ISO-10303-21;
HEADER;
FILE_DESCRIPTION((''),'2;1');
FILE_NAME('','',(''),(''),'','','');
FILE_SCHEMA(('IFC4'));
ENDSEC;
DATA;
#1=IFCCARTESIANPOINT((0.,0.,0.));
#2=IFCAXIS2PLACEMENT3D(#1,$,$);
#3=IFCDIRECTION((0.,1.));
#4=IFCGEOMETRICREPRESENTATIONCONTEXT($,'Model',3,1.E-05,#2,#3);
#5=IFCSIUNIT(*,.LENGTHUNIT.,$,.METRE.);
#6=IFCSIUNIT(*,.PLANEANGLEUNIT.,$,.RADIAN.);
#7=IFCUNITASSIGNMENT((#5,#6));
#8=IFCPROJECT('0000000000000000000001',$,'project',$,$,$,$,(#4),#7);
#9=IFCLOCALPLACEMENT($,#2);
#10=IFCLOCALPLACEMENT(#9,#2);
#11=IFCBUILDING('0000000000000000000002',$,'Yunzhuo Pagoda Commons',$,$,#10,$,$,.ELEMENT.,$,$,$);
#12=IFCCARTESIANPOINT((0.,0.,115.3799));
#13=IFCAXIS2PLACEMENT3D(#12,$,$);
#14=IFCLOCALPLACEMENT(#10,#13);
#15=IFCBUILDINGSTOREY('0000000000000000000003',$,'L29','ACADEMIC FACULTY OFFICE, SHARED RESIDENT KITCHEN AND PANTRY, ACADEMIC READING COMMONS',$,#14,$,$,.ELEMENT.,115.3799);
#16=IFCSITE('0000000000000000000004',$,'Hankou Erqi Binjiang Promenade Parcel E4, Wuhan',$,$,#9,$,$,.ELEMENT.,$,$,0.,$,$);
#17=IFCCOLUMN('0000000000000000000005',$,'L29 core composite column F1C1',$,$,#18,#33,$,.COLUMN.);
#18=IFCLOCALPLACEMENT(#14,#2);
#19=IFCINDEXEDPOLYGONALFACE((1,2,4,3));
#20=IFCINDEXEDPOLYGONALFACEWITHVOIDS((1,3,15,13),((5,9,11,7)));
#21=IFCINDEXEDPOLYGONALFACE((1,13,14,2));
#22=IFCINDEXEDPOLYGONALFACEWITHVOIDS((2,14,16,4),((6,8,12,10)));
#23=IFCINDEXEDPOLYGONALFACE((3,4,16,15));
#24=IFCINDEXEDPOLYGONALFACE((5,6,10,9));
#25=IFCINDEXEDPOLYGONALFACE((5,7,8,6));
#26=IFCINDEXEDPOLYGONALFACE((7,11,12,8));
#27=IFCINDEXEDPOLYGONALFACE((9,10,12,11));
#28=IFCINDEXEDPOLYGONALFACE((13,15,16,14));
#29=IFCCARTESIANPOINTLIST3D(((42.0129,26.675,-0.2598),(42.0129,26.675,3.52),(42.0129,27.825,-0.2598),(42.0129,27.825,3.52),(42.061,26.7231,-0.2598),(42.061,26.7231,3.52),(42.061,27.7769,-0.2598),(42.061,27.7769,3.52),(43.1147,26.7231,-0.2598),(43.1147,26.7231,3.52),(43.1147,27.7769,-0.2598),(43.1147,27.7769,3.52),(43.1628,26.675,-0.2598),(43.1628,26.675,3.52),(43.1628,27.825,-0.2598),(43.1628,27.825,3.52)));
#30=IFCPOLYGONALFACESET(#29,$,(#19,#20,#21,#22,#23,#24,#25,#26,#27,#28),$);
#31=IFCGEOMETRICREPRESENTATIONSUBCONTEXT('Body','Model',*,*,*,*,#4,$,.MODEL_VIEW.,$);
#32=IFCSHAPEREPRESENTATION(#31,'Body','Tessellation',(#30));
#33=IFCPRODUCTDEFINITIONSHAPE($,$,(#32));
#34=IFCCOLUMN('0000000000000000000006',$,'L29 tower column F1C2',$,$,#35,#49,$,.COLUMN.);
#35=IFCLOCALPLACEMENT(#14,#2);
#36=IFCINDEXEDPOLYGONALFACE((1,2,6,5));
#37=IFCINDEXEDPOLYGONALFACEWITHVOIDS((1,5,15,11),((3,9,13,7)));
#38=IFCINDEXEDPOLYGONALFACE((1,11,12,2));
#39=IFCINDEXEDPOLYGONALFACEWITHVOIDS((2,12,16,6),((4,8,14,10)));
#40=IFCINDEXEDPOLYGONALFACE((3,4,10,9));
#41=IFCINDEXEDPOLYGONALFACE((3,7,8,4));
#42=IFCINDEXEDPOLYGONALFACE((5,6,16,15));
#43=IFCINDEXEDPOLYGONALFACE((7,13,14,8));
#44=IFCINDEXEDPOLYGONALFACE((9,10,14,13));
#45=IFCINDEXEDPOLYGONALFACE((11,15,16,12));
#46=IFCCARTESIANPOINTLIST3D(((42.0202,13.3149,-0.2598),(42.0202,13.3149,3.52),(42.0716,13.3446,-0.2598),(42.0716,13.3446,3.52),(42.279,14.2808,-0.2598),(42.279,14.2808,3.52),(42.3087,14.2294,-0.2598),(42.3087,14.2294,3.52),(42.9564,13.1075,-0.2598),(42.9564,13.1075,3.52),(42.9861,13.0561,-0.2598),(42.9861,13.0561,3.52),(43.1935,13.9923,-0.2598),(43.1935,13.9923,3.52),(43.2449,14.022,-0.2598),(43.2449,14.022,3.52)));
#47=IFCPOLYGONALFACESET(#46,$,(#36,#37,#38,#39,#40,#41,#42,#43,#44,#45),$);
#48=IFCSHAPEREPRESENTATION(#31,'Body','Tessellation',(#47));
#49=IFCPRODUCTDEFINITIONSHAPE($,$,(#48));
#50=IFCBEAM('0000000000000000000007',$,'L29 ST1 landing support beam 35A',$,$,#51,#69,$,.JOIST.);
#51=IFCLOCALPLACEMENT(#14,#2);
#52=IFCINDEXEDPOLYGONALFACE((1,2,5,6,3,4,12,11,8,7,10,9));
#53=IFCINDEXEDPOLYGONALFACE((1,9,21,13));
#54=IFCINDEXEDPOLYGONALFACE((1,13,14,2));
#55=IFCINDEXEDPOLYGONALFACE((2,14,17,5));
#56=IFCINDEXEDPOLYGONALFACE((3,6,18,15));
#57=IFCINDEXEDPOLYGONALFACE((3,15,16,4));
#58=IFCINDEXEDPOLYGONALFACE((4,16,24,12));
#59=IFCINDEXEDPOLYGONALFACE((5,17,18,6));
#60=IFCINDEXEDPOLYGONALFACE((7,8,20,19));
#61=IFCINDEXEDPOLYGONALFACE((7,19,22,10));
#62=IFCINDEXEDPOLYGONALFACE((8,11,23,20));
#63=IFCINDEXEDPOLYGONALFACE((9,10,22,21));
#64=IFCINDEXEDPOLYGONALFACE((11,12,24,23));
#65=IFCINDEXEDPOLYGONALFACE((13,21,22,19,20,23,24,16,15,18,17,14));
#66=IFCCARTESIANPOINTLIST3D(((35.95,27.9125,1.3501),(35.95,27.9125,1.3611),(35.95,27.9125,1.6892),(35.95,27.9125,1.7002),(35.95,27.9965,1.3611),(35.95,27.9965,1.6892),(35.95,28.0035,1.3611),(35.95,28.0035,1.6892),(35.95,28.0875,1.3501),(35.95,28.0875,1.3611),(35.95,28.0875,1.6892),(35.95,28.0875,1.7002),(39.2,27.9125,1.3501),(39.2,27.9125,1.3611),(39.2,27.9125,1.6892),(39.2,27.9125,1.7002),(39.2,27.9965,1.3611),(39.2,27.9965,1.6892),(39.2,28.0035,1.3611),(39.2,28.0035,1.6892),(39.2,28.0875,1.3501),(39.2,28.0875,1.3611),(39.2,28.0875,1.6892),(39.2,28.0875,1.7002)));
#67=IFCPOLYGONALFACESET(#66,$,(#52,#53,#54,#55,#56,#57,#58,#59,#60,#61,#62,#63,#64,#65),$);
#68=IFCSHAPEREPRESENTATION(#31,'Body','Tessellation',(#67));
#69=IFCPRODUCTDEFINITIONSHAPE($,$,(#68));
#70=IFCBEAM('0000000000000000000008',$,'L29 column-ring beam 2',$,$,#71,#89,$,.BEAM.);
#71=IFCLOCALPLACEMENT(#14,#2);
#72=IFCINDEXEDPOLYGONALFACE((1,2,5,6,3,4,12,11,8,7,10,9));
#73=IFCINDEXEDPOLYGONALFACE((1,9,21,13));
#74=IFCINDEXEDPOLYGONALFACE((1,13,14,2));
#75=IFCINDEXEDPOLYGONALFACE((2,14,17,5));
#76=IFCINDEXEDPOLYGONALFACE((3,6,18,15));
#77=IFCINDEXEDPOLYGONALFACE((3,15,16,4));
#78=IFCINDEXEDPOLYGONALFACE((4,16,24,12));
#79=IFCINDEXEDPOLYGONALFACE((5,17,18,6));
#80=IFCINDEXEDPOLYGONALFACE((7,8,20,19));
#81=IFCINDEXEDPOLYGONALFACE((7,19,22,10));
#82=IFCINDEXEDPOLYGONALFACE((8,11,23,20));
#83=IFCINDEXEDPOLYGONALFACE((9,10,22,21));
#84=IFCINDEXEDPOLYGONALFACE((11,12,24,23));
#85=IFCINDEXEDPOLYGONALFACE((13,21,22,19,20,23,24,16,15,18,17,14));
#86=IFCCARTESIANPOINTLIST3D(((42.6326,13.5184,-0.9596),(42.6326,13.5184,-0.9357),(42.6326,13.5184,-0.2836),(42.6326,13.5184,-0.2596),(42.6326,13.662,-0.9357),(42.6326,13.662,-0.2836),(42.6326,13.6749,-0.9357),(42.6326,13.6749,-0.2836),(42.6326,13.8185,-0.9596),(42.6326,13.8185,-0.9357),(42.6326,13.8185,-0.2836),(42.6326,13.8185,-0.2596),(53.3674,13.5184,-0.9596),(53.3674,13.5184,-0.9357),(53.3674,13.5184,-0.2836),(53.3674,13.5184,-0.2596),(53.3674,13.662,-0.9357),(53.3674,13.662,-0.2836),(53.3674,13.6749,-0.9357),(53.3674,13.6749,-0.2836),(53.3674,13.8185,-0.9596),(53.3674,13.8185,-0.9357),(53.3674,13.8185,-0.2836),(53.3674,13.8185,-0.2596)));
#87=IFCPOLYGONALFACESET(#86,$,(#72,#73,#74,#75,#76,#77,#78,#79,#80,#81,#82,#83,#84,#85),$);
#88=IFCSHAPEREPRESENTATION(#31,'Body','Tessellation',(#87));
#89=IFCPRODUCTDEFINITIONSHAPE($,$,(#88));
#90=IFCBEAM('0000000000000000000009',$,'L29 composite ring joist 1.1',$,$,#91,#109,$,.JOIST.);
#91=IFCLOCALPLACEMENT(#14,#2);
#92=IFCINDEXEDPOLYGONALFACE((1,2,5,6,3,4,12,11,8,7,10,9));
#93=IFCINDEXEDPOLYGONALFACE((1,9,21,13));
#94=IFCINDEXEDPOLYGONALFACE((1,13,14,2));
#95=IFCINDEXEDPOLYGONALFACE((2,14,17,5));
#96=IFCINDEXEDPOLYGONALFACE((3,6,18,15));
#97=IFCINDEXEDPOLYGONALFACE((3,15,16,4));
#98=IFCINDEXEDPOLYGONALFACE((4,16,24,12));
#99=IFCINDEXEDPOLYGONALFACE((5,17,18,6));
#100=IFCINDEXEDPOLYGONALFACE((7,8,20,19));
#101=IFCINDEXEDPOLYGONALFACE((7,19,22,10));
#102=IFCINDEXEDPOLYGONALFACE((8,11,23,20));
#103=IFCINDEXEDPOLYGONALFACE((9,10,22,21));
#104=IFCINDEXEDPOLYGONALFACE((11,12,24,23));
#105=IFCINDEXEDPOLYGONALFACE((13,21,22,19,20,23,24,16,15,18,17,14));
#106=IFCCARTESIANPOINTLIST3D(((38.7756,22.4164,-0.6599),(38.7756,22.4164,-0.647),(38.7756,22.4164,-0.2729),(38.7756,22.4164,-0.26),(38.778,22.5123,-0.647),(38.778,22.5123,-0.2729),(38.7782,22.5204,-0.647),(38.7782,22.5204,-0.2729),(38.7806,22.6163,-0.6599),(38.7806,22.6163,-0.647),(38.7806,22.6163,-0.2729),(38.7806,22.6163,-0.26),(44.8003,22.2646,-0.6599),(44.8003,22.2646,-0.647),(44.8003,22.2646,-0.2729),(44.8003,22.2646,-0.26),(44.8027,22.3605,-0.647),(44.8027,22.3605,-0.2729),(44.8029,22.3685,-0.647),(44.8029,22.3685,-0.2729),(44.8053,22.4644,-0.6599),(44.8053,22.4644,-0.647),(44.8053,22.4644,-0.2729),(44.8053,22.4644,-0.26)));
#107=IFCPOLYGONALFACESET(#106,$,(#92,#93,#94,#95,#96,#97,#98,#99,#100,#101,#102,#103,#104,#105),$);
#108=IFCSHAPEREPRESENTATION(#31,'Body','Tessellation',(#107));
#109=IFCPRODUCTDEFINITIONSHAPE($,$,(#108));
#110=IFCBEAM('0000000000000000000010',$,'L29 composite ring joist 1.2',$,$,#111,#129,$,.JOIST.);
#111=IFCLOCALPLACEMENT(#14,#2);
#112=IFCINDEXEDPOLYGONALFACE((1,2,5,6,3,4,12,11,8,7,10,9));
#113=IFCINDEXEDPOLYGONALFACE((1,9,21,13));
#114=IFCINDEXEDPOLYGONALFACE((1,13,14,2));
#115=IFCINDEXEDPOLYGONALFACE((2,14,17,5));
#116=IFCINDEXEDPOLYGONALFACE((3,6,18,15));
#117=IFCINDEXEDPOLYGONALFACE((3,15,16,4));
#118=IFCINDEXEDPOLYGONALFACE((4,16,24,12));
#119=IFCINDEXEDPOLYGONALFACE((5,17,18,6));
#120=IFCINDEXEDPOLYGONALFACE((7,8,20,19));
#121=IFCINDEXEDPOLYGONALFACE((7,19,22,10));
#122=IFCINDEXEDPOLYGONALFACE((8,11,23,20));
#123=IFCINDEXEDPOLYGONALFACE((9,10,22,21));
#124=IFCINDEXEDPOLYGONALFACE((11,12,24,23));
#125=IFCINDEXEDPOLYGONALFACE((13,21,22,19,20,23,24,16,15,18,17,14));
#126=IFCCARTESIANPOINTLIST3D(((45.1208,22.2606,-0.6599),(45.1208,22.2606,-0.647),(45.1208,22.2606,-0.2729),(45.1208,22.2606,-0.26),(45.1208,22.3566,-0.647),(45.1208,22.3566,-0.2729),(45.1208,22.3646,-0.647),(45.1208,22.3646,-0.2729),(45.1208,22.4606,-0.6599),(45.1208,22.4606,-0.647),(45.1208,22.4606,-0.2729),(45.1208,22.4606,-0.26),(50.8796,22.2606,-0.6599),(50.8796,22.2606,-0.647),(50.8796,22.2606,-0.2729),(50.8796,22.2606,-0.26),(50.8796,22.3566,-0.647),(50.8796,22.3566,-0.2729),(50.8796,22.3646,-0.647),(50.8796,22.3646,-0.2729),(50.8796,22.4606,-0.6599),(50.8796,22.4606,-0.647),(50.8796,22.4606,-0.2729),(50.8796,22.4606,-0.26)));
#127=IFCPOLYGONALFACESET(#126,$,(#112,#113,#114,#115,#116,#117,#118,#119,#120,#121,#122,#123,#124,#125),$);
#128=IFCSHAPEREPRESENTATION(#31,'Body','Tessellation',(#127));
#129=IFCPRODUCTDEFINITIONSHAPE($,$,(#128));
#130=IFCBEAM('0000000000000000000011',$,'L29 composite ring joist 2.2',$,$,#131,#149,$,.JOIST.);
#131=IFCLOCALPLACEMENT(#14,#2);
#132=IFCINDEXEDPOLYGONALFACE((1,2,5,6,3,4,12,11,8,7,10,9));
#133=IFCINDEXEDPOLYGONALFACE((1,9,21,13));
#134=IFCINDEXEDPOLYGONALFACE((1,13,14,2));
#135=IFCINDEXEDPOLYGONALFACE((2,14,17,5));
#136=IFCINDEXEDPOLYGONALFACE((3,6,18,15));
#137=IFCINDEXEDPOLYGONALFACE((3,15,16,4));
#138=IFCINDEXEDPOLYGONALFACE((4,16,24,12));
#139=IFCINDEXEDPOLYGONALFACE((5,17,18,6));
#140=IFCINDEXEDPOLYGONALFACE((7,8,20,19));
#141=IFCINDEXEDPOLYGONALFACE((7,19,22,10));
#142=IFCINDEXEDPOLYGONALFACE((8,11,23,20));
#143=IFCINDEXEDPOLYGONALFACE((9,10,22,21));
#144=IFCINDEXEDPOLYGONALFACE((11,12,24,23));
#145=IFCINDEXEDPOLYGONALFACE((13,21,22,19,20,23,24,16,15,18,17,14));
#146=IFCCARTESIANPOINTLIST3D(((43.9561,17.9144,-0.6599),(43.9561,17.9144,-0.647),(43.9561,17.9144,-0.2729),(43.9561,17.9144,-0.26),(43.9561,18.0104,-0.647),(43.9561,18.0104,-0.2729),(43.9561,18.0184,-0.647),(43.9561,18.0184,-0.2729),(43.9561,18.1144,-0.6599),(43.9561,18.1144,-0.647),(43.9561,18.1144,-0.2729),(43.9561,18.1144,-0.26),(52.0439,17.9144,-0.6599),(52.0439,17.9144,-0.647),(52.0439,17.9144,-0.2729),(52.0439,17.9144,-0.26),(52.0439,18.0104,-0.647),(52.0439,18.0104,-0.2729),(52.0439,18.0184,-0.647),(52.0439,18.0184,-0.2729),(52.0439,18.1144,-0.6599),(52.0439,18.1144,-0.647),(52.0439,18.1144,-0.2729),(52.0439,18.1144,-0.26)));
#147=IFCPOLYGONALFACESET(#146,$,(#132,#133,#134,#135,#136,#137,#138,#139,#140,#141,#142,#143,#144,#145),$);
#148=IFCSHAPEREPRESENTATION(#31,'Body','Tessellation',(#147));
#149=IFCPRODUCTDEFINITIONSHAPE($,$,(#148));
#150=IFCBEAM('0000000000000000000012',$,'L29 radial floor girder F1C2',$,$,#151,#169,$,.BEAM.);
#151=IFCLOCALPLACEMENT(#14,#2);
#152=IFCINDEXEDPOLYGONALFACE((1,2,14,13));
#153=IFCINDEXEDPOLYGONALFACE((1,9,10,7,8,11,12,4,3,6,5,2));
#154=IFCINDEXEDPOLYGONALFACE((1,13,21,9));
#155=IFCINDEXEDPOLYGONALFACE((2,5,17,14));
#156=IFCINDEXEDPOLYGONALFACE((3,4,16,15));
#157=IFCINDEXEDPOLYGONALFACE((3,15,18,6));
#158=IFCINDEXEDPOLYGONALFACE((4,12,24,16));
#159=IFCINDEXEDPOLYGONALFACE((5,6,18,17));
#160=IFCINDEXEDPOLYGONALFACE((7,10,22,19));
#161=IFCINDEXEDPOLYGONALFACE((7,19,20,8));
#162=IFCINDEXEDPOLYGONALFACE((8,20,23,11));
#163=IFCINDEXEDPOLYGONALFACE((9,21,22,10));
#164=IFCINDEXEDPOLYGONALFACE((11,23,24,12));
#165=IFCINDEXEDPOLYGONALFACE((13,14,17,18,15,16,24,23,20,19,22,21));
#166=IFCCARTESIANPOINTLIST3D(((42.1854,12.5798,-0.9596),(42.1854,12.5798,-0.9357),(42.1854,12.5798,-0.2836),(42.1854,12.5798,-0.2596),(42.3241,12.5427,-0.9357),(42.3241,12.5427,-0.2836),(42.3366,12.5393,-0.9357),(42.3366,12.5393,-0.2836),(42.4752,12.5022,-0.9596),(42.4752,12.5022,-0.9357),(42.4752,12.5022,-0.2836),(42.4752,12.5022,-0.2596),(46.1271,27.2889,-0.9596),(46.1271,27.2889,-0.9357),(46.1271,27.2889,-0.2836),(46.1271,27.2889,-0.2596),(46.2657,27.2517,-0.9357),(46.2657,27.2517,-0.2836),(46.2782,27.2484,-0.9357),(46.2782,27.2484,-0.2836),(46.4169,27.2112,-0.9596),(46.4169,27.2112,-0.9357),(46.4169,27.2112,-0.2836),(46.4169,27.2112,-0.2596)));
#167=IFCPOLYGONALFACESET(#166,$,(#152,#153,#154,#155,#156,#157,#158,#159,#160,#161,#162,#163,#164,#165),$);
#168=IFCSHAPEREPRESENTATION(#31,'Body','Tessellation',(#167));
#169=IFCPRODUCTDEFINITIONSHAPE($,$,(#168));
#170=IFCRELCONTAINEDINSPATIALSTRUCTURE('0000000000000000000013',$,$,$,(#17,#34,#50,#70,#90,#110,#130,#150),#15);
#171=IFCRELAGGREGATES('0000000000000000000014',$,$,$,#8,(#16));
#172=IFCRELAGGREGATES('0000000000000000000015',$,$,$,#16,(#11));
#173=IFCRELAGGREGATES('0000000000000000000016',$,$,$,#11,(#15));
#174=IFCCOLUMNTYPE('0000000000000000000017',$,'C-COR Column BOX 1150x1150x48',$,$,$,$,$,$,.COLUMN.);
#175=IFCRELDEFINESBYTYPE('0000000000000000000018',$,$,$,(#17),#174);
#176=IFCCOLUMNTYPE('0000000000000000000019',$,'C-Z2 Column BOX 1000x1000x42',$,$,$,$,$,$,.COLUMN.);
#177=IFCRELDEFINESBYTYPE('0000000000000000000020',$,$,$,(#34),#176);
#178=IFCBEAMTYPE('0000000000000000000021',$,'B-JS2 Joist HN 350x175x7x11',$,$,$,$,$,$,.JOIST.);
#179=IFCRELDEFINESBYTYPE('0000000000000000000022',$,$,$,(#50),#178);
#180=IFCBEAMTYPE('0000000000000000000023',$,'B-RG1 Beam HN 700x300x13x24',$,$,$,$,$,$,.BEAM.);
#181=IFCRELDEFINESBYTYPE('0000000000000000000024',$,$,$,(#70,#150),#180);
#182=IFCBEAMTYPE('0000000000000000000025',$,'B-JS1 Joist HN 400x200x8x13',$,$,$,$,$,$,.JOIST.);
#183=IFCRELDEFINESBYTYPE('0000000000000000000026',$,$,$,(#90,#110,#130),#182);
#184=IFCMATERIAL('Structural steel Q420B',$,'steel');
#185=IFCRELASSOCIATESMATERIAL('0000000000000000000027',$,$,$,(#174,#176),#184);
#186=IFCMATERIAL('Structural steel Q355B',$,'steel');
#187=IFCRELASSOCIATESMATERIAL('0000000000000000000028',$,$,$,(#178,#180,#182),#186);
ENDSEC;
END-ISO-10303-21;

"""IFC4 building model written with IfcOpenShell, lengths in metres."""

from ifc_helpers import new_model, si_unit, direction, frame, origin, origin_2d, place, context, subcontext, project, spatial, hollow_rectangle, i_section, extrude, source, transform, mapped, material, material_profile, profile_set, type_object, element, save


model = new_model("IFC4")

# Units and contexts
model_context = context("Model", 3, precision=1e-05, world=origin(), true_north=direction((0.0, 1.0)))
body_context = subcontext(model_context, "Body", "Model", "MODEL_VIEW")
ifc_project = project(units=[si_unit("LENGTHUNIT", "METRE"), si_unit("PLANEANGLEUNIT", "RADIAN")], contexts=[model_context])

# Site, building, storey
site_placement = place(None, origin())
site = spatial("IfcSite", under=ifc_project, at=site_placement, Name="Hankou Erqi Binjiang Promenade Parcel E4, Wuhan", CompositionType="ELEMENT", RefElevation=0.0)
building_placement = place(site_placement, origin())
building = spatial("IfcBuilding", under=site, at=building_placement, Name="Yunzhuo Pagoda Commons", CompositionType="ELEMENT")
storey_placement = place(building_placement, frame((0.0, 0.0, 115.3799)))
storey = spatial("IfcBuildingStorey", under=building, at=storey_placement, Name="L29", Description="ACADEMIC FACULTY OFFICE, SHARED RESIDENT KITCHEN AND PANTRY, ACADEMIC READING COMMONS", CompositionType="ELEMENT", Elevation=115.3799)

# Columns
ifc_material_1 = material(Name="Structural steel Q420B", Category="steel")
ifc_material_profile_1 = material_profile(ifc_material_1, hollow_rectangle(XDim=1.1499, YDim=1.1499, WallThickness=0.0481, at=origin_2d()), Name="Structural steel Q420B")
ifc_profile_set_1 = profile_set([ifc_material_profile_1], Name="Structural steel Q420B")
column_type_1 = type_object("IfcColumnType", Name="C-COR Column BOX 1150x1150x48", PredefinedType="COLUMN", material=ifc_profile_set_1)
shared_shape_1 = source(origin(), body_context, "Body", "SweptSolid", [
    extrude(hollow_rectangle(XDim=1.1499, YDim=1.1499, WallThickness=0.0481, at=origin_2d()), origin(), (0.0, 0.0, 1.0), 3.7798),
])
column_1_placement = place(storey_placement, frame((42.5879, 27.25, -0.2598), z_axis=(0.0, 0.0, 1.0), x_axis=(1.0, 0.0, 0.0)))
element("IfcColumn", 1, at=column_1_placement, inside=storey, type_object=column_type_1, Name="L29 core composite column F1C1", PredefinedType="COLUMN", context=body_context, shape_type="MappedRepresentation", body=[
    mapped(shared_shape_1, transform((0.0, 0.0, 0.0), scale=1.0)),
])
ifc_material_profile_2 = material_profile(ifc_material_1, hollow_rectangle(XDim=1.0, YDim=1.0, WallThickness=0.042, at=origin_2d()), Name="Structural steel Q420B")
ifc_profile_set_2 = profile_set([ifc_material_profile_2], Name="Structural steel Q420B")
column_type_2 = type_object("IfcColumnType", Name="C-Z2 Column BOX 1000x1000x42", PredefinedType="COLUMN", material=ifc_profile_set_2)
shared_shape_2 = source(origin(), body_context, "Body", "SweptSolid", [
    extrude(hollow_rectangle(XDim=1.0, YDim=1.0, WallThickness=0.042, at=origin_2d()), origin(), (0.0, 0.0, 1.0), 3.7798),
])
column_2_placement = place(storey_placement, frame((42.6326, 13.6685, -0.2598), z_axis=(0.0, 0.0, 1.0), x_axis=(0.965926, -0.258819, 0.0)))
element("IfcColumn", 2, at=column_2_placement, inside=storey, type_object=column_type_2, Name="L29 tower column F1C2", PredefinedType="COLUMN", context=body_context, shape_type="MappedRepresentation", body=[
    mapped(shared_shape_2, transform((0.0, 0.0, 0.0), scale=1.0)),
])

# Beams
ifc_material_2 = material(Name="Structural steel Q355B", Category="steel")
ifc_material_profile_3 = material_profile(ifc_material_2, i_section(OverallWidth=0.175, OverallDepth=0.3501, WebThickness=0.0071, FlangeThickness=0.011, at=origin_2d()), Name="Structural steel Q355B")
ifc_profile_set_3 = profile_set([ifc_material_profile_3], Name="Structural steel Q355B")
beam_type_1 = type_object("IfcBeamType", Name="B-JS2 Joist HN 350x175x7x11", PredefinedType="JOIST", material=ifc_profile_set_3)
shared_shape_3 = source(origin(), body_context, "Body", "SweptSolid", [
    extrude(i_section(OverallWidth=0.175, OverallDepth=0.3501, WebThickness=0.0071, FlangeThickness=0.011, at=origin_2d()), origin(), (0.0, 0.0, 1.0), 3.25),
])
beam_1_placement = place(storey_placement, frame((35.95, 28.0, 1.5251), z_axis=(1.0, 0.0, 0.0), x_axis=(0.0, 1.0, 0.0)))
element("IfcBeam", 3, at=beam_1_placement, inside=storey, type_object=beam_type_1, Name="L29 ST1 landing support beam 35A", PredefinedType="JOIST", context=body_context, shape_type="MappedRepresentation", body=[
    mapped(shared_shape_3, transform((0.0, 0.0, 0.0), scale=1.0)),
])
ifc_material_profile_4 = material_profile(ifc_material_2, i_section(OverallWidth=0.3, OverallDepth=0.7, WebThickness=0.0129, FlangeThickness=0.0239, at=origin_2d()), Name="Structural steel Q355B")
ifc_profile_set_4 = profile_set([ifc_material_profile_4], Name="Structural steel Q355B")
beam_type_2 = type_object("IfcBeamType", Name="B-RG1 Beam HN 700x300x13x24", PredefinedType="BEAM", material=ifc_profile_set_4)
shared_shape_4 = source(origin(), body_context, "Body", "SweptSolid", [
    extrude(i_section(OverallWidth=0.3, OverallDepth=0.7, WebThickness=0.0129, FlangeThickness=0.0239, at=origin_2d()), origin(), (0.0, 0.0, 1.0), 10.7349),
])
beam_2_placement = place(storey_placement, frame((42.6326, 13.6685, -0.6096), z_axis=(1.0, 0.0, 0.0), x_axis=(0.0, 1.0, 0.0)))
element("IfcBeam", 4, at=beam_2_placement, inside=storey, type_object=beam_type_2, Name="L29 column-ring beam 2", PredefinedType="BEAM", context=body_context, shape_type="MappedRepresentation", body=[
    mapped(shared_shape_4, transform((0.0, 0.0, 0.0), scale=1.0)),
])
ifc_material_profile_5 = material_profile(ifc_material_2, i_section(OverallWidth=0.2, OverallDepth=0.3999, WebThickness=0.0081, FlangeThickness=0.0129, at=origin_2d()), Name="Structural steel Q355B")
ifc_profile_set_5 = profile_set([ifc_material_profile_5], Name="Structural steel Q355B")
beam_type_3 = type_object("IfcBeamType", Name="B-JS1 Joist HN 400x200x8x13", PredefinedType="JOIST", material=ifc_profile_set_5)
shared_shape_5 = source(origin(), body_context, "Body", "SweptSolid", [
    extrude(i_section(OverallWidth=0.2, OverallDepth=0.3999, WebThickness=0.0081, FlangeThickness=0.0129, at=origin_2d()), origin(), (0.0, 0.0, 1.0), 6.0266),
])
beam_3_placement = place(storey_placement, frame((38.7781, 22.5164, -0.46), z_axis=(0.999682, -0.025198, 0.0), x_axis=(0.025198, 0.999682, 0.0)))
element("IfcBeam", 5, at=beam_3_placement, inside=storey, type_object=beam_type_3, Name="L29 composite ring joist 1.1", PredefinedType="JOIST", context=body_context, shape_type="MappedRepresentation", body=[
    mapped(shared_shape_5, transform((0.0, 0.0, 0.0), scale=1.0)),
])
shared_shape_6 = source(origin(), body_context, "Body", "SweptSolid", [
    extrude(i_section(OverallWidth=0.2, OverallDepth=0.3999, WebThickness=0.0081, FlangeThickness=0.0129, at=origin_2d()), origin(), (0.0, 0.0, 1.0), 5.7588),
])
beam_4_placement = place(storey_placement, frame((45.1208, 22.3606, -0.46), z_axis=(1.0, 0.0, 0.0), x_axis=(0.0, 1.0, 0.0)))
element("IfcBeam", 6, at=beam_4_placement, inside=storey, type_object=beam_type_3, Name="L29 composite ring joist 1.2", PredefinedType="JOIST", context=body_context, shape_type="MappedRepresentation", body=[
    mapped(shared_shape_6, transform((0.0, 0.0, 0.0), scale=1.0)),
])
shared_shape_7 = source(origin(), body_context, "Body", "SweptSolid", [
    extrude(i_section(OverallWidth=0.2, OverallDepth=0.3999, WebThickness=0.0081, FlangeThickness=0.0129, at=origin_2d()), origin(), (0.0, 0.0, 1.0), 8.0879),
])
beam_5_placement = place(storey_placement, frame((43.9561, 18.0144, -0.46), z_axis=(1.0, 0.0, 0.0), x_axis=(0.0, 1.0, 0.0)))
element("IfcBeam", 7, at=beam_5_placement, inside=storey, type_object=beam_type_3, Name="L29 composite ring joist 2.2", PredefinedType="JOIST", context=body_context, shape_type="MappedRepresentation", body=[
    mapped(shared_shape_7, transform((0.0, 0.0, 0.0), scale=1.0)),
])
shared_shape_8 = source(origin(), body_context, "Body", "SweptSolid", [
    extrude(i_section(OverallWidth=0.3, OverallDepth=0.7, WebThickness=0.0129, FlangeThickness=0.0239, at=origin_2d()), origin(), (0.0, 0.0, 1.0), 15.228),
])
beam_6_placement = place(storey_placement, frame((42.3303, 12.541, -0.6096), z_axis=(0.258843, 0.965919, 0.0), x_axis=(-0.965919, 0.258843, 0.0)))
element("IfcBeam", 8, at=beam_6_placement, inside=storey, type_object=beam_type_2, Name="L29 radial floor girder F1C2", PredefinedType="BEAM", context=body_context, shape_type="MappedRepresentation", body=[
    mapped(shared_shape_8, transform((0.0, 0.0, 0.0), scale=1.0)),
])

save(model, "model.ifc")
